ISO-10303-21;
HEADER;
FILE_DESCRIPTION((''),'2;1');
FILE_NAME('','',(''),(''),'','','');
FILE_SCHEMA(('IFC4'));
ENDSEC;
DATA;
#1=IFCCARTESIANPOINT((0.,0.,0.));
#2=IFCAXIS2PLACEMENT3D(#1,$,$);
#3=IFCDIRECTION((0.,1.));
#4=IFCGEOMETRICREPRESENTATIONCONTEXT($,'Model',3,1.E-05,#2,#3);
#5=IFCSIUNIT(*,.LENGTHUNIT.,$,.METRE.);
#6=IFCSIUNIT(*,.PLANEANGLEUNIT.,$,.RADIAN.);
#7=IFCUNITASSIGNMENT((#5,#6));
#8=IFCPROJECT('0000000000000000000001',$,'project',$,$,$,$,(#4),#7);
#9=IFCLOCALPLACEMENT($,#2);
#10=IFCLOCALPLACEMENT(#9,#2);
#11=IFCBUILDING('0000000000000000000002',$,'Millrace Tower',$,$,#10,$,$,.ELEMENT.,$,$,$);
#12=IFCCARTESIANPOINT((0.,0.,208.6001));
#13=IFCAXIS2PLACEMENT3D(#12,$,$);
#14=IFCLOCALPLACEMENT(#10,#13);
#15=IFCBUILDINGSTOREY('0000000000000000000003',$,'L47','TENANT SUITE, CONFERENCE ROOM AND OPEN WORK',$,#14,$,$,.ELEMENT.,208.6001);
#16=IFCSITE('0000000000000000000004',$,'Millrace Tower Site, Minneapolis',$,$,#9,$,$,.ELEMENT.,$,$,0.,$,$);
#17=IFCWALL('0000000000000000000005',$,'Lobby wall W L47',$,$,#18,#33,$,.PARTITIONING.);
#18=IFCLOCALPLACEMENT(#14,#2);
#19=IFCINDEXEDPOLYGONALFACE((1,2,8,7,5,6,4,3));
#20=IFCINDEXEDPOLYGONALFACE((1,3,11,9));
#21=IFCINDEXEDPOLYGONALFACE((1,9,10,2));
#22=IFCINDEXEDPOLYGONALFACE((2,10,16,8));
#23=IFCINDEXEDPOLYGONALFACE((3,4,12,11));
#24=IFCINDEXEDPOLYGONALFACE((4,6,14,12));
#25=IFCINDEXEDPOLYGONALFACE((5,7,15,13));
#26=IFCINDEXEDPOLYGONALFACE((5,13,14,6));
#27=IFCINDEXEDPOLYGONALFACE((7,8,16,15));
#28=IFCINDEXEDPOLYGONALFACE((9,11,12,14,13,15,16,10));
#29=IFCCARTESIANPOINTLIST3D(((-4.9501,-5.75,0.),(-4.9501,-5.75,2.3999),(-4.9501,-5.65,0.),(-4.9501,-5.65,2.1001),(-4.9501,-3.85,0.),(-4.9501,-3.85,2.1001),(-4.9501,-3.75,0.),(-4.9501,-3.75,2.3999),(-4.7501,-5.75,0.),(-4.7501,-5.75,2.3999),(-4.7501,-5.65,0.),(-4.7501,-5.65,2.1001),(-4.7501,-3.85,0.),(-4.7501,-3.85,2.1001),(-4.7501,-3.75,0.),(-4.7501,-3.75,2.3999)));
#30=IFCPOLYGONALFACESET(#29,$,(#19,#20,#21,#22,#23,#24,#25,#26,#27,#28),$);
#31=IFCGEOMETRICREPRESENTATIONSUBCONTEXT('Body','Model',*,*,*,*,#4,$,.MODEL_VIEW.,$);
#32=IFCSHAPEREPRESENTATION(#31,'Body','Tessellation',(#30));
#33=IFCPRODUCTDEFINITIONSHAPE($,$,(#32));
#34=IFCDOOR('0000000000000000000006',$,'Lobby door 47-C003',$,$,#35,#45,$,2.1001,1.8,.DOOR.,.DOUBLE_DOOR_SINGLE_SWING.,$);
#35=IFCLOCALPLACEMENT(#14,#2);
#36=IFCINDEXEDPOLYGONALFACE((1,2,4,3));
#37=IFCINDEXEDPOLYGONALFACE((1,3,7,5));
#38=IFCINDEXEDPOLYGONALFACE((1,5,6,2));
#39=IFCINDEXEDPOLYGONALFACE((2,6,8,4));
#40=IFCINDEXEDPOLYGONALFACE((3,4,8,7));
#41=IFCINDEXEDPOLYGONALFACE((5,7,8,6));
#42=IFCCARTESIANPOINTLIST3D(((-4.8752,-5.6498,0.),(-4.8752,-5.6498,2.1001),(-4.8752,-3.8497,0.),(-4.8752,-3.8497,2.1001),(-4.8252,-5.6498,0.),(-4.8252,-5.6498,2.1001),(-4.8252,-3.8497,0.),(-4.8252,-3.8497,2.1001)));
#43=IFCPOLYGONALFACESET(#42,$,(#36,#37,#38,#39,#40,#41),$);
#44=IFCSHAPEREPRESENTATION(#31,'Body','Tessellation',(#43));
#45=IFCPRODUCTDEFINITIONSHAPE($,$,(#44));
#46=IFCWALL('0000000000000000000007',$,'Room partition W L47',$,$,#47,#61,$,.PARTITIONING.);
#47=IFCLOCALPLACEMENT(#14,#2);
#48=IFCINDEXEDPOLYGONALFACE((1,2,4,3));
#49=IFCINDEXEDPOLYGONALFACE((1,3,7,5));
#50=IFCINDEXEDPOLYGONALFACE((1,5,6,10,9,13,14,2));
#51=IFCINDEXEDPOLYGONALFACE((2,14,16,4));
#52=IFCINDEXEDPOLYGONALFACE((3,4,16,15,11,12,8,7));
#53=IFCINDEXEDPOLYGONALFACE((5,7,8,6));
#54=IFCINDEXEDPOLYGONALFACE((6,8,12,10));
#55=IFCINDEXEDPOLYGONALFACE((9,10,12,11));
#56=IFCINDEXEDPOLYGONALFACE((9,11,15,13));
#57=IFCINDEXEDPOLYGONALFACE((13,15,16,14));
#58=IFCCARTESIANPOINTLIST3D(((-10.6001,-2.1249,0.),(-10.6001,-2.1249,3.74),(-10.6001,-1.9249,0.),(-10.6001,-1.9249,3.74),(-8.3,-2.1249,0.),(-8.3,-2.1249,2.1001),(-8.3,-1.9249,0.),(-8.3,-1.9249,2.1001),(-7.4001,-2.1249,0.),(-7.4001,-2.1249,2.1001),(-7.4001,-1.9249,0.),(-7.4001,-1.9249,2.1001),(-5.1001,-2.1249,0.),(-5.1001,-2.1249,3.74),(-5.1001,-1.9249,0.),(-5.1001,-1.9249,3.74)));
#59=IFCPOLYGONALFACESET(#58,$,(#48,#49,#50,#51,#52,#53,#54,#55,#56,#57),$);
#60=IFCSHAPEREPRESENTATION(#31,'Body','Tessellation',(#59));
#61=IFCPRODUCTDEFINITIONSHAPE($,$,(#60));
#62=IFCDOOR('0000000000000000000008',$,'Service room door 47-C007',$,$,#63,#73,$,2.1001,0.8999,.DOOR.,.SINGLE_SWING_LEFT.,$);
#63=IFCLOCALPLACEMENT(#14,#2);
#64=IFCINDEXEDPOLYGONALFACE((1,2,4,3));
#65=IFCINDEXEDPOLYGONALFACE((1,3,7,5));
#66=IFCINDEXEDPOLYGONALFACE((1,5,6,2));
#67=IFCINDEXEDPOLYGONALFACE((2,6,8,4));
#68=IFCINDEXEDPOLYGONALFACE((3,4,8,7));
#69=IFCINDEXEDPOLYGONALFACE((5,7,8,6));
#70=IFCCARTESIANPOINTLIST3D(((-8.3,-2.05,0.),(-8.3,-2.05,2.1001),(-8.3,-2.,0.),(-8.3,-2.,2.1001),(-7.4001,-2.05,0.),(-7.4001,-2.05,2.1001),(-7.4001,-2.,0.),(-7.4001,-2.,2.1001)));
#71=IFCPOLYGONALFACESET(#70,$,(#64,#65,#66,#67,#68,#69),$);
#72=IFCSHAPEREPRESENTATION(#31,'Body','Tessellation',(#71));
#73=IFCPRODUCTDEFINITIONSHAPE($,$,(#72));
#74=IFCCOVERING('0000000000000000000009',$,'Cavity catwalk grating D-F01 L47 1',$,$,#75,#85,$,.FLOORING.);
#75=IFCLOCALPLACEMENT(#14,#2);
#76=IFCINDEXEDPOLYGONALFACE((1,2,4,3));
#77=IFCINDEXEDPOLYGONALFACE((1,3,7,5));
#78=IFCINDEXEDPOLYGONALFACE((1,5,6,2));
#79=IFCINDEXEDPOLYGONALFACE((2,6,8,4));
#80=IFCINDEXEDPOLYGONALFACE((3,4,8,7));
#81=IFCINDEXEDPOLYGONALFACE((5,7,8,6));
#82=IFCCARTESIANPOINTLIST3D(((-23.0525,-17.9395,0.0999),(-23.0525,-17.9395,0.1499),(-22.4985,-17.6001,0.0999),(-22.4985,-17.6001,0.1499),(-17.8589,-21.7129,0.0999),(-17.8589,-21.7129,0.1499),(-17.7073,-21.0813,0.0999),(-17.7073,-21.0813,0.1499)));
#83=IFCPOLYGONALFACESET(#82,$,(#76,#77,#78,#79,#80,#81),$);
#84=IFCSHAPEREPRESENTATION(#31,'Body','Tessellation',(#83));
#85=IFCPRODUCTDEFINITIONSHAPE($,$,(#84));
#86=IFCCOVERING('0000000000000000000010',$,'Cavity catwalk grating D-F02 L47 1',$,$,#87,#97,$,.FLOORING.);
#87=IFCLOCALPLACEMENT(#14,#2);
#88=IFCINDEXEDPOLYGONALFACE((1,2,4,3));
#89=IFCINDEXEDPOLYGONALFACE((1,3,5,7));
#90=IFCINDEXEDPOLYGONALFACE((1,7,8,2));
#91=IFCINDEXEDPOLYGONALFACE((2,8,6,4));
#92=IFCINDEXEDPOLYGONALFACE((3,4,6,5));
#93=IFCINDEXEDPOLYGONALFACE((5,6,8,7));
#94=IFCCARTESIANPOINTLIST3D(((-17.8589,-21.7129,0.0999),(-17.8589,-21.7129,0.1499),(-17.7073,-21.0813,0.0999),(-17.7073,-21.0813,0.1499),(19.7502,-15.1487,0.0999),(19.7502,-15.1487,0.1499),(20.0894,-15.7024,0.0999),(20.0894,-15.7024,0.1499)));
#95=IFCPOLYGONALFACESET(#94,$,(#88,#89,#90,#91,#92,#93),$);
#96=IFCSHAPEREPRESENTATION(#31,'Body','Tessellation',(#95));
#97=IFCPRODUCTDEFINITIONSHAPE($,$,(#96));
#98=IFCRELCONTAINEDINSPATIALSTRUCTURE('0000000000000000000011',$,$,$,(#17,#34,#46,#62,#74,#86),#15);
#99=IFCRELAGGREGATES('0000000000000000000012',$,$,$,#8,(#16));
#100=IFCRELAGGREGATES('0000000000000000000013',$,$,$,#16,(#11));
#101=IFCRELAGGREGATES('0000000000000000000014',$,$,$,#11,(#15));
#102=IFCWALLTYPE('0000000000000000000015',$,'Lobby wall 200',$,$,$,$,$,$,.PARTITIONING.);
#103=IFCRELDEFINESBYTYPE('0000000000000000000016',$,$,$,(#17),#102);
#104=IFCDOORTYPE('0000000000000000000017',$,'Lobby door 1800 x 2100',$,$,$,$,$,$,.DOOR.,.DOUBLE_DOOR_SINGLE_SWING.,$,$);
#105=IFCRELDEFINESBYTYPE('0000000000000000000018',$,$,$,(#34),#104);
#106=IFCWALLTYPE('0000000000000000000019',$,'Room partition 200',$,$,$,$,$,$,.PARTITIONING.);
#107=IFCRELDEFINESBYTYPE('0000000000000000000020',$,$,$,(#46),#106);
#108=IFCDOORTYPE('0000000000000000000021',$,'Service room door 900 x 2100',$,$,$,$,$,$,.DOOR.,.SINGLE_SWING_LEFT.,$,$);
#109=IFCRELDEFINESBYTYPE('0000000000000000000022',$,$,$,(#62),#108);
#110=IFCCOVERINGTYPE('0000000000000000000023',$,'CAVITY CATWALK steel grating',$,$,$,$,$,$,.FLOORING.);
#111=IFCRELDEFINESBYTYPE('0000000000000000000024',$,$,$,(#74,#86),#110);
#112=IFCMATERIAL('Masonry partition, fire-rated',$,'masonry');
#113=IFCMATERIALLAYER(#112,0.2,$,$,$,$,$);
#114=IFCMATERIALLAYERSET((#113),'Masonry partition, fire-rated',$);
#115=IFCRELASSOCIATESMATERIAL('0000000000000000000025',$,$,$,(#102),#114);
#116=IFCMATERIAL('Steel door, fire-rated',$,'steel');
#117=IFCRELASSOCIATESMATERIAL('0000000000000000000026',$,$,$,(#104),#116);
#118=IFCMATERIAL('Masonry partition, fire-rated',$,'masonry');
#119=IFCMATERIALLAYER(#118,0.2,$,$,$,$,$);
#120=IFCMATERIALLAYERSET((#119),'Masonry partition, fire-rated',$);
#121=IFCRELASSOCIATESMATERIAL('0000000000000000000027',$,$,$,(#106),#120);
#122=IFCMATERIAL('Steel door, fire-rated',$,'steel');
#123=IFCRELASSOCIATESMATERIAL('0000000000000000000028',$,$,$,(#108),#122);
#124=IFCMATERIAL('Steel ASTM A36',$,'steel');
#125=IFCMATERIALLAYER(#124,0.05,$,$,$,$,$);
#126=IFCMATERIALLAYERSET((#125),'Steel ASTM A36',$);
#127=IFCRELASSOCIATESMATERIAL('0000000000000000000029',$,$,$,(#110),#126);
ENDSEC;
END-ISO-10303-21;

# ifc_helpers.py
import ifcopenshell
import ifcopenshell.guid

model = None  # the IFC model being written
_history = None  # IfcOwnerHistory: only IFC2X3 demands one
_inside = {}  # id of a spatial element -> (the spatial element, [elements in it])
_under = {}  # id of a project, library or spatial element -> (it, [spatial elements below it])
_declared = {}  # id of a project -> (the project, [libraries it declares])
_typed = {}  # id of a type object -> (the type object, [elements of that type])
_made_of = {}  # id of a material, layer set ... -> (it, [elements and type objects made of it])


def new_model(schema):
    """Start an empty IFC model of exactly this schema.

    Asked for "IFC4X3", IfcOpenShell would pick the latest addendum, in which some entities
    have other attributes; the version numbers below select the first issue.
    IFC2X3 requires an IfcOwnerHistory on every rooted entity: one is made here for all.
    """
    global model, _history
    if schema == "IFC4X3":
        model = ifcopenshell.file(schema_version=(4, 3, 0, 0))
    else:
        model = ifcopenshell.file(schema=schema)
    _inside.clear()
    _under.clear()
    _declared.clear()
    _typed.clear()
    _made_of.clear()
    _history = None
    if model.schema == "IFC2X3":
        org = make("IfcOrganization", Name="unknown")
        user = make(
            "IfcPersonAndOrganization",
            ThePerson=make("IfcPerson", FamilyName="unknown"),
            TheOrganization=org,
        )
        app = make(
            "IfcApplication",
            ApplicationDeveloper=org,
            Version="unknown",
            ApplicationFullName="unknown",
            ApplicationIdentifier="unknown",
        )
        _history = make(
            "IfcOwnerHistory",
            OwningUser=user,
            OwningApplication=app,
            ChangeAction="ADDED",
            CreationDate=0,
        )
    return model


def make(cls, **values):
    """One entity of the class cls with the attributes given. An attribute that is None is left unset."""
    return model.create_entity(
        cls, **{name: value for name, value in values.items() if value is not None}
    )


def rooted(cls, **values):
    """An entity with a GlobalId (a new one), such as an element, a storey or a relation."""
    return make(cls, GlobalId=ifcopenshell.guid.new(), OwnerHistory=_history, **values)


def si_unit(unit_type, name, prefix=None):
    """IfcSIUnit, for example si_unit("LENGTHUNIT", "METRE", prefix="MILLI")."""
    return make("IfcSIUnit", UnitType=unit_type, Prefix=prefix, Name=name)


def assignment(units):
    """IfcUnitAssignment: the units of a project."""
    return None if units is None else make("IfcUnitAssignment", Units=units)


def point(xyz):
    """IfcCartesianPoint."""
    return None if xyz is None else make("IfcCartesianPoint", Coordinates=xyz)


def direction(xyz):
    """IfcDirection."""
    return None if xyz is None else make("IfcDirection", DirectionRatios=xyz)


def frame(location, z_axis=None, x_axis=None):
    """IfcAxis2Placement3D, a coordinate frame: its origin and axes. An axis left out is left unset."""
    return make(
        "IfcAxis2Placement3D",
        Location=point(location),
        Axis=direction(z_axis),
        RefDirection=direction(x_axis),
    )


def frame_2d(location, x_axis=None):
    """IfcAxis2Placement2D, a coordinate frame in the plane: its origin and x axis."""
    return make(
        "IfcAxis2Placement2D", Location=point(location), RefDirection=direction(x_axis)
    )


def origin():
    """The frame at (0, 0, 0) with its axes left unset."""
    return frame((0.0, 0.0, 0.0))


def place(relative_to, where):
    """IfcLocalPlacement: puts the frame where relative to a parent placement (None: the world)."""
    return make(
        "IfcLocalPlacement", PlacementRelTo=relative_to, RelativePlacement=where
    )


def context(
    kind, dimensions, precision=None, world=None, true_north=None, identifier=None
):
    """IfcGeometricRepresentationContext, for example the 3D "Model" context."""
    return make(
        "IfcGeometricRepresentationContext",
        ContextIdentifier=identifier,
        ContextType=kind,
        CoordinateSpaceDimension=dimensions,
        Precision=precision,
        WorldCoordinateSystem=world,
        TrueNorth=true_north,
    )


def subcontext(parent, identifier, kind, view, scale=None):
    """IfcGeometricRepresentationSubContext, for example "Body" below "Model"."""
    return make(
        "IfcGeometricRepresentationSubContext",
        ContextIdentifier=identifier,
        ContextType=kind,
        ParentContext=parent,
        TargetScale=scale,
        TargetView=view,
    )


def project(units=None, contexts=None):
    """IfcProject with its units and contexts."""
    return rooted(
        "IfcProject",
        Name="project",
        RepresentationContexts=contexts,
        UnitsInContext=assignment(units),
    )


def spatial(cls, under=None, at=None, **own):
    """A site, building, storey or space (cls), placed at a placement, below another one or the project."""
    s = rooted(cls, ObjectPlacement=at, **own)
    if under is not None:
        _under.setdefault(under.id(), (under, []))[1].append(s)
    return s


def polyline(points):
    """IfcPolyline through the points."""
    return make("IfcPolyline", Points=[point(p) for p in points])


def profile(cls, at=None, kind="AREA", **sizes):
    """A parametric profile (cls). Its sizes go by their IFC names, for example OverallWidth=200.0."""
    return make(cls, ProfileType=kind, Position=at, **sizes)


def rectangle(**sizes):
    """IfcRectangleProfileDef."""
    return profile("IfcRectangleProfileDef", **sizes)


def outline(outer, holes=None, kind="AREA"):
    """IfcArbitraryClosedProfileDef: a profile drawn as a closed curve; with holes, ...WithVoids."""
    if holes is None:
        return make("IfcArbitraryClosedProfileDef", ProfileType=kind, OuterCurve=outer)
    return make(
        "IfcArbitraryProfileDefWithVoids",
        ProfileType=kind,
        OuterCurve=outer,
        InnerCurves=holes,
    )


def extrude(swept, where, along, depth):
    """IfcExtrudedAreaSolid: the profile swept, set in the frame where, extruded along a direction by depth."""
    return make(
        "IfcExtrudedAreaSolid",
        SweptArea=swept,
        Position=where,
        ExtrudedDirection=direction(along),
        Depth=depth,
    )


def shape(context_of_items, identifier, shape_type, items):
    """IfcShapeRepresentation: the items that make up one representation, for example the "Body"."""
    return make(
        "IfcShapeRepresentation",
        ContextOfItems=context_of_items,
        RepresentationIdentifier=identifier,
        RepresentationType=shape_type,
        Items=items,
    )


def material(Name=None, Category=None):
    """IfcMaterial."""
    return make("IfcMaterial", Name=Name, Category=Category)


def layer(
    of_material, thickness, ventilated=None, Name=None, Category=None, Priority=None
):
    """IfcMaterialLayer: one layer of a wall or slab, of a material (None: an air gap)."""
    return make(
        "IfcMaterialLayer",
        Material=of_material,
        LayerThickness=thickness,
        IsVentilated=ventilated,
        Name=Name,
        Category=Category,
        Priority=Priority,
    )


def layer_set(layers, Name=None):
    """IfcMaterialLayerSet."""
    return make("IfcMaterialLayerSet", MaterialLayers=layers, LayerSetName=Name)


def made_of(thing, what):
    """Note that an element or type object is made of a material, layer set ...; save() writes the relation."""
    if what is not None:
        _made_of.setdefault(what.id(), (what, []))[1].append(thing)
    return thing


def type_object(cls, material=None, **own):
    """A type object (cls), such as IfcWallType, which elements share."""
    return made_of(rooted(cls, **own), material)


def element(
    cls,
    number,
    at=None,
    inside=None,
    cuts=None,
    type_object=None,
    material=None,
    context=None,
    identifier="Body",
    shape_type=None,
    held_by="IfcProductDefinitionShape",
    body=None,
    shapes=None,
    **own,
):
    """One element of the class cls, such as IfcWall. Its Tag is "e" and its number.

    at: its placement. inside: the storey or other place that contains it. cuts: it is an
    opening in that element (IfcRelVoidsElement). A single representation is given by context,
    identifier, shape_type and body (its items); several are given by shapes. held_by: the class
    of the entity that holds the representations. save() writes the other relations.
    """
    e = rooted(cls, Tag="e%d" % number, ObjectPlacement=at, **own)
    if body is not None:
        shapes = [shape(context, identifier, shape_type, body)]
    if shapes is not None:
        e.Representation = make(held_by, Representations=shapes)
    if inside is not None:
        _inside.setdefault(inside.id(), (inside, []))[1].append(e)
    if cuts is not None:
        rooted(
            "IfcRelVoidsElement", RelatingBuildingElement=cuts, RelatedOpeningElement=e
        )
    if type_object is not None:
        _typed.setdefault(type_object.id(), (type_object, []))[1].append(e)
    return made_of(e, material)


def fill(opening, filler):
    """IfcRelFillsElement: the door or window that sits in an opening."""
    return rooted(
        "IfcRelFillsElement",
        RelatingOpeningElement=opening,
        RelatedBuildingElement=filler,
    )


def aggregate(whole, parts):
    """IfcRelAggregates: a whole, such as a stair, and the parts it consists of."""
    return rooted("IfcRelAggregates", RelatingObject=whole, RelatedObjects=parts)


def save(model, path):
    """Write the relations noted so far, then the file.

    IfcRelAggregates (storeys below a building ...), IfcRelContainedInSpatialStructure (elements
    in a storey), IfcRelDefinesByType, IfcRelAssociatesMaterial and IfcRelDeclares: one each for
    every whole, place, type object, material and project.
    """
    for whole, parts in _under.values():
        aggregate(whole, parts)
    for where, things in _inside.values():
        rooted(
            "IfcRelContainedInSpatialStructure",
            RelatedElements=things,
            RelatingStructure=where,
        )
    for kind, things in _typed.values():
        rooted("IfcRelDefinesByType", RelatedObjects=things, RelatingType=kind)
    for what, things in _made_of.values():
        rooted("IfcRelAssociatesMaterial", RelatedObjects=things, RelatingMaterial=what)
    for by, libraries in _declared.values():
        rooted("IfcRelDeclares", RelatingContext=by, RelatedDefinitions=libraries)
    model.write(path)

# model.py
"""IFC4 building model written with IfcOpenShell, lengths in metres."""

from ifc_helpers import new_model, si_unit, direction, frame, frame_2d, origin, place, context, subcontext, project, spatial, polyline, rectangle, outline, extrude, material, layer, layer_set, type_object, element, fill, save


model = new_model("IFC4")

# Units and contexts
model_context = context("Model", 3, precision=1e-05, world=origin(), true_north=direction((0.0, 1.0)))
body_context = subcontext(model_context, "Body", "Model", "MODEL_VIEW")
ifc_project = project(units=[si_unit("LENGTHUNIT", "METRE"), si_unit("PLANEANGLEUNIT", "RADIAN")], contexts=[model_context])

# Site, building, storey
site_placement = place(None, origin())
site = spatial("IfcSite", under=ifc_project, at=site_placement, Name="Millrace Tower Site, Minneapolis", CompositionType="ELEMENT", RefElevation=0.0)
building_placement = place(site_placement, origin())
building = spatial("IfcBuilding", under=site, at=building_placement, Name="Millrace Tower", CompositionType="ELEMENT")
storey_placement = place(building_placement, frame((0.0, 0.0, 208.6001)))
storey = spatial("IfcBuildingStorey", under=building, at=storey_placement, Name="L47", Description="TENANT SUITE, CONFERENCE ROOM AND OPEN WORK", CompositionType="ELEMENT", Elevation=208.6001)

# Walls, openings, doors
ifc_material_1 = material(Name="Masonry partition, fire-rated", Category="masonry")
ifc_layer_1 = layer(ifc_material_1, 0.2)
ifc_layer_set_1 = layer_set([ifc_layer_1], Name="Masonry partition, fire-rated")
wall_type_1 = type_object("IfcWallType", Name="Lobby wall 200", PredefinedType="PARTITIONING", material=ifc_layer_set_1)
wall_1_placement = place(storey_placement, frame((-4.8501, -5.75, 0.0), z_axis=(0.0, 0.0, 1.0), x_axis=(0.0, 1.0, 0.0)))
wall_1 = element("IfcWall", 1, at=wall_1_placement, inside=storey, type_object=wall_type_1, Name="Lobby wall W L47", PredefinedType="PARTITIONING", context=body_context, shape_type="SweptSolid", body=[
    extrude(rectangle(XDim=2.0, YDim=0.2, at=frame_2d((1.0, 0.0))), origin(), (0.0, 0.0, 1.0), 2.3999),
])
opening_1_placement = place(wall_1_placement, frame((0.1001, 0.0, 0.0)))
opening_1 = element("IfcOpeningElement", 2, at=opening_1_placement, cuts=wall_1, PredefinedType="OPENING", context=body_context, shape_type="SweptSolid", body=[
    extrude(rectangle(XDim=1.8, YDim=2.1001, at=frame_2d((0.8999, 1.05))), frame((0.0, 0.1099, 0.0), z_axis=(0.0, -1.0, 0.0), x_axis=(1.0, 0.0, 0.0)), (0.0, 0.0, 1.0), 0.22),
])
ifc_material_2 = material(Name="Steel door, fire-rated", Category="steel")
door_type_1 = type_object("IfcDoorType", Name="Lobby door 1800 x 2100", OperationType="DOUBLE_DOOR_SINGLE_SWING", PredefinedType="DOOR", material=ifc_material_2)
door_1_placement = place(opening_1_placement, frame((1.8, 0.0, 0.0), z_axis=(0.0, 0.0, 1.0), x_axis=(-1.0, 0.0, 0.0)))
door_1 = element("IfcDoor", 3, at=door_1_placement, inside=storey, type_object=door_type_1, Name="Lobby door 47-C003", OperationType="DOUBLE_DOOR_SINGLE_SWING", OverallHeight=2.1001, OverallWidth=1.8, PredefinedType="DOOR", context=body_context, shape_type="SweptSolid", body=[
    extrude(rectangle(XDim=1.8, YDim=2.1001, at=frame_2d((0.8999, 1.05))), frame((0.0, 0.0249, 0.0), z_axis=(0.0, -1.0, 0.0), x_axis=(1.0, 0.0, 0.0)), (0.0, 0.0, 1.0), 0.05),
])
fill(opening_1, door_1)
ifc_material_3 = material(Name="Masonry partition, fire-rated", Category="masonry")
ifc_layer_2 = layer(ifc_material_3, 0.2)
ifc_layer_set_2 = layer_set([ifc_layer_2], Name="Masonry partition, fire-rated")
wall_type_2 = type_object("IfcWallType", Name="Room partition 200", PredefinedType="PARTITIONING", material=ifc_layer_set_2)
wall_2_placement = place(storey_placement, frame((-10.6001, -2.0249, 0.0), z_axis=(0.0, 0.0, 1.0), x_axis=(1.0, 0.0, 0.0)))
wall_2 = element("IfcWall", 4, at=wall_2_placement, inside=storey, type_object=wall_type_2, Name="Room partition W L47", PredefinedType="PARTITIONING", context=body_context, shape_type="SweptSolid", body=[
    extrude(rectangle(XDim=5.5, YDim=0.2, at=frame_2d((2.75, 0.0))), origin(), (0.0, 0.0, 1.0), 3.74),
])
opening_2_placement = place(wall_2_placement, frame((2.3, 0.0, 0.0)))
opening_2 = element("IfcOpeningElement", 5, at=opening_2_placement, cuts=wall_2, PredefinedType="OPENING", context=body_context, shape_type="SweptSolid", body=[
    extrude(rectangle(XDim=0.8999, YDim=2.1001, at=frame_2d((0.45, 1.05))), frame((0.0, 0.1099, 0.0), z_axis=(0.0, -1.0, 0.0), x_axis=(1.0, 0.0, 0.0)), (0.0, 0.0, 1.0), 0.22),
])
ifc_material_4 = material(Name="Steel door, fire-rated", Category="steel")
door_type_2 = type_object("IfcDoorType", Name="Service room door 900 x 2100", OperationType="SINGLE_SWING_LEFT", PredefinedType="DOOR", material=ifc_material_4)
door_2_placement = place(opening_2_placement, origin())
door_2 = element("IfcDoor", 6, at=door_2_placement, inside=storey, type_object=door_type_2, Name="Service room door 47-C007", OperationType="SINGLE_SWING_LEFT", OverallHeight=2.1001, OverallWidth=0.8999, PredefinedType="DOOR", context=body_context, shape_type="SweptSolid", body=[
    extrude(rectangle(XDim=0.8999, YDim=2.1001, at=frame_2d((0.45, 1.05))), frame((0.0, 0.0249, 0.0), z_axis=(0.0, -1.0, 0.0), x_axis=(1.0, 0.0, 0.0)), (0.0, 0.0, 1.0), 0.05),
])
fill(opening_2, door_2)

# Coverings
ifc_material_5 = material(Name="Steel ASTM A36", Category="steel")
ifc_layer_3 = layer(ifc_material_5, 0.05)
ifc_layer_set_3 = layer_set([ifc_layer_3], Name="Steel ASTM A36")
covering_type = type_object("IfcCoveringType", Name="CAVITY CATWALK steel grating", PredefinedType="FLOORING", material=ifc_layer_set_3)
placement_1 = place(storey_placement, frame((0.0, 0.0, 0.0999)))
element("IfcCovering", 7, at=placement_1, inside=storey, type_object=covering_type, Name="Cavity catwalk grating D-F01 L47 1", PredefinedType="FLOORING", context=body_context, shape_type="SweptSolid", body=[
    extrude(outline(polyline([(-23.0525, -17.9395), (-17.8589, -21.7129), (-17.7073, -21.0813), (-22.4985, -17.6001), (-23.0525, -17.9395)])), origin(), (0.0, 0.0, 1.0), 0.05),
])
element("IfcCovering", 8, at=placement_1, inside=storey, type_object=covering_type, Name="Cavity catwalk grating D-F02 L47 1", PredefinedType="FLOORING", context=body_context, shape_type="SweptSolid", body=[
    extrude(outline(polyline([(-17.8589, -21.7129), (20.0894, -15.7024), (19.7502, -15.1487), (-17.7073, -21.0813), (-17.8589, -21.7129)])), origin(), (0.0, 0.0, 1.0), 0.05),
])

save(model, "model.ifc")
